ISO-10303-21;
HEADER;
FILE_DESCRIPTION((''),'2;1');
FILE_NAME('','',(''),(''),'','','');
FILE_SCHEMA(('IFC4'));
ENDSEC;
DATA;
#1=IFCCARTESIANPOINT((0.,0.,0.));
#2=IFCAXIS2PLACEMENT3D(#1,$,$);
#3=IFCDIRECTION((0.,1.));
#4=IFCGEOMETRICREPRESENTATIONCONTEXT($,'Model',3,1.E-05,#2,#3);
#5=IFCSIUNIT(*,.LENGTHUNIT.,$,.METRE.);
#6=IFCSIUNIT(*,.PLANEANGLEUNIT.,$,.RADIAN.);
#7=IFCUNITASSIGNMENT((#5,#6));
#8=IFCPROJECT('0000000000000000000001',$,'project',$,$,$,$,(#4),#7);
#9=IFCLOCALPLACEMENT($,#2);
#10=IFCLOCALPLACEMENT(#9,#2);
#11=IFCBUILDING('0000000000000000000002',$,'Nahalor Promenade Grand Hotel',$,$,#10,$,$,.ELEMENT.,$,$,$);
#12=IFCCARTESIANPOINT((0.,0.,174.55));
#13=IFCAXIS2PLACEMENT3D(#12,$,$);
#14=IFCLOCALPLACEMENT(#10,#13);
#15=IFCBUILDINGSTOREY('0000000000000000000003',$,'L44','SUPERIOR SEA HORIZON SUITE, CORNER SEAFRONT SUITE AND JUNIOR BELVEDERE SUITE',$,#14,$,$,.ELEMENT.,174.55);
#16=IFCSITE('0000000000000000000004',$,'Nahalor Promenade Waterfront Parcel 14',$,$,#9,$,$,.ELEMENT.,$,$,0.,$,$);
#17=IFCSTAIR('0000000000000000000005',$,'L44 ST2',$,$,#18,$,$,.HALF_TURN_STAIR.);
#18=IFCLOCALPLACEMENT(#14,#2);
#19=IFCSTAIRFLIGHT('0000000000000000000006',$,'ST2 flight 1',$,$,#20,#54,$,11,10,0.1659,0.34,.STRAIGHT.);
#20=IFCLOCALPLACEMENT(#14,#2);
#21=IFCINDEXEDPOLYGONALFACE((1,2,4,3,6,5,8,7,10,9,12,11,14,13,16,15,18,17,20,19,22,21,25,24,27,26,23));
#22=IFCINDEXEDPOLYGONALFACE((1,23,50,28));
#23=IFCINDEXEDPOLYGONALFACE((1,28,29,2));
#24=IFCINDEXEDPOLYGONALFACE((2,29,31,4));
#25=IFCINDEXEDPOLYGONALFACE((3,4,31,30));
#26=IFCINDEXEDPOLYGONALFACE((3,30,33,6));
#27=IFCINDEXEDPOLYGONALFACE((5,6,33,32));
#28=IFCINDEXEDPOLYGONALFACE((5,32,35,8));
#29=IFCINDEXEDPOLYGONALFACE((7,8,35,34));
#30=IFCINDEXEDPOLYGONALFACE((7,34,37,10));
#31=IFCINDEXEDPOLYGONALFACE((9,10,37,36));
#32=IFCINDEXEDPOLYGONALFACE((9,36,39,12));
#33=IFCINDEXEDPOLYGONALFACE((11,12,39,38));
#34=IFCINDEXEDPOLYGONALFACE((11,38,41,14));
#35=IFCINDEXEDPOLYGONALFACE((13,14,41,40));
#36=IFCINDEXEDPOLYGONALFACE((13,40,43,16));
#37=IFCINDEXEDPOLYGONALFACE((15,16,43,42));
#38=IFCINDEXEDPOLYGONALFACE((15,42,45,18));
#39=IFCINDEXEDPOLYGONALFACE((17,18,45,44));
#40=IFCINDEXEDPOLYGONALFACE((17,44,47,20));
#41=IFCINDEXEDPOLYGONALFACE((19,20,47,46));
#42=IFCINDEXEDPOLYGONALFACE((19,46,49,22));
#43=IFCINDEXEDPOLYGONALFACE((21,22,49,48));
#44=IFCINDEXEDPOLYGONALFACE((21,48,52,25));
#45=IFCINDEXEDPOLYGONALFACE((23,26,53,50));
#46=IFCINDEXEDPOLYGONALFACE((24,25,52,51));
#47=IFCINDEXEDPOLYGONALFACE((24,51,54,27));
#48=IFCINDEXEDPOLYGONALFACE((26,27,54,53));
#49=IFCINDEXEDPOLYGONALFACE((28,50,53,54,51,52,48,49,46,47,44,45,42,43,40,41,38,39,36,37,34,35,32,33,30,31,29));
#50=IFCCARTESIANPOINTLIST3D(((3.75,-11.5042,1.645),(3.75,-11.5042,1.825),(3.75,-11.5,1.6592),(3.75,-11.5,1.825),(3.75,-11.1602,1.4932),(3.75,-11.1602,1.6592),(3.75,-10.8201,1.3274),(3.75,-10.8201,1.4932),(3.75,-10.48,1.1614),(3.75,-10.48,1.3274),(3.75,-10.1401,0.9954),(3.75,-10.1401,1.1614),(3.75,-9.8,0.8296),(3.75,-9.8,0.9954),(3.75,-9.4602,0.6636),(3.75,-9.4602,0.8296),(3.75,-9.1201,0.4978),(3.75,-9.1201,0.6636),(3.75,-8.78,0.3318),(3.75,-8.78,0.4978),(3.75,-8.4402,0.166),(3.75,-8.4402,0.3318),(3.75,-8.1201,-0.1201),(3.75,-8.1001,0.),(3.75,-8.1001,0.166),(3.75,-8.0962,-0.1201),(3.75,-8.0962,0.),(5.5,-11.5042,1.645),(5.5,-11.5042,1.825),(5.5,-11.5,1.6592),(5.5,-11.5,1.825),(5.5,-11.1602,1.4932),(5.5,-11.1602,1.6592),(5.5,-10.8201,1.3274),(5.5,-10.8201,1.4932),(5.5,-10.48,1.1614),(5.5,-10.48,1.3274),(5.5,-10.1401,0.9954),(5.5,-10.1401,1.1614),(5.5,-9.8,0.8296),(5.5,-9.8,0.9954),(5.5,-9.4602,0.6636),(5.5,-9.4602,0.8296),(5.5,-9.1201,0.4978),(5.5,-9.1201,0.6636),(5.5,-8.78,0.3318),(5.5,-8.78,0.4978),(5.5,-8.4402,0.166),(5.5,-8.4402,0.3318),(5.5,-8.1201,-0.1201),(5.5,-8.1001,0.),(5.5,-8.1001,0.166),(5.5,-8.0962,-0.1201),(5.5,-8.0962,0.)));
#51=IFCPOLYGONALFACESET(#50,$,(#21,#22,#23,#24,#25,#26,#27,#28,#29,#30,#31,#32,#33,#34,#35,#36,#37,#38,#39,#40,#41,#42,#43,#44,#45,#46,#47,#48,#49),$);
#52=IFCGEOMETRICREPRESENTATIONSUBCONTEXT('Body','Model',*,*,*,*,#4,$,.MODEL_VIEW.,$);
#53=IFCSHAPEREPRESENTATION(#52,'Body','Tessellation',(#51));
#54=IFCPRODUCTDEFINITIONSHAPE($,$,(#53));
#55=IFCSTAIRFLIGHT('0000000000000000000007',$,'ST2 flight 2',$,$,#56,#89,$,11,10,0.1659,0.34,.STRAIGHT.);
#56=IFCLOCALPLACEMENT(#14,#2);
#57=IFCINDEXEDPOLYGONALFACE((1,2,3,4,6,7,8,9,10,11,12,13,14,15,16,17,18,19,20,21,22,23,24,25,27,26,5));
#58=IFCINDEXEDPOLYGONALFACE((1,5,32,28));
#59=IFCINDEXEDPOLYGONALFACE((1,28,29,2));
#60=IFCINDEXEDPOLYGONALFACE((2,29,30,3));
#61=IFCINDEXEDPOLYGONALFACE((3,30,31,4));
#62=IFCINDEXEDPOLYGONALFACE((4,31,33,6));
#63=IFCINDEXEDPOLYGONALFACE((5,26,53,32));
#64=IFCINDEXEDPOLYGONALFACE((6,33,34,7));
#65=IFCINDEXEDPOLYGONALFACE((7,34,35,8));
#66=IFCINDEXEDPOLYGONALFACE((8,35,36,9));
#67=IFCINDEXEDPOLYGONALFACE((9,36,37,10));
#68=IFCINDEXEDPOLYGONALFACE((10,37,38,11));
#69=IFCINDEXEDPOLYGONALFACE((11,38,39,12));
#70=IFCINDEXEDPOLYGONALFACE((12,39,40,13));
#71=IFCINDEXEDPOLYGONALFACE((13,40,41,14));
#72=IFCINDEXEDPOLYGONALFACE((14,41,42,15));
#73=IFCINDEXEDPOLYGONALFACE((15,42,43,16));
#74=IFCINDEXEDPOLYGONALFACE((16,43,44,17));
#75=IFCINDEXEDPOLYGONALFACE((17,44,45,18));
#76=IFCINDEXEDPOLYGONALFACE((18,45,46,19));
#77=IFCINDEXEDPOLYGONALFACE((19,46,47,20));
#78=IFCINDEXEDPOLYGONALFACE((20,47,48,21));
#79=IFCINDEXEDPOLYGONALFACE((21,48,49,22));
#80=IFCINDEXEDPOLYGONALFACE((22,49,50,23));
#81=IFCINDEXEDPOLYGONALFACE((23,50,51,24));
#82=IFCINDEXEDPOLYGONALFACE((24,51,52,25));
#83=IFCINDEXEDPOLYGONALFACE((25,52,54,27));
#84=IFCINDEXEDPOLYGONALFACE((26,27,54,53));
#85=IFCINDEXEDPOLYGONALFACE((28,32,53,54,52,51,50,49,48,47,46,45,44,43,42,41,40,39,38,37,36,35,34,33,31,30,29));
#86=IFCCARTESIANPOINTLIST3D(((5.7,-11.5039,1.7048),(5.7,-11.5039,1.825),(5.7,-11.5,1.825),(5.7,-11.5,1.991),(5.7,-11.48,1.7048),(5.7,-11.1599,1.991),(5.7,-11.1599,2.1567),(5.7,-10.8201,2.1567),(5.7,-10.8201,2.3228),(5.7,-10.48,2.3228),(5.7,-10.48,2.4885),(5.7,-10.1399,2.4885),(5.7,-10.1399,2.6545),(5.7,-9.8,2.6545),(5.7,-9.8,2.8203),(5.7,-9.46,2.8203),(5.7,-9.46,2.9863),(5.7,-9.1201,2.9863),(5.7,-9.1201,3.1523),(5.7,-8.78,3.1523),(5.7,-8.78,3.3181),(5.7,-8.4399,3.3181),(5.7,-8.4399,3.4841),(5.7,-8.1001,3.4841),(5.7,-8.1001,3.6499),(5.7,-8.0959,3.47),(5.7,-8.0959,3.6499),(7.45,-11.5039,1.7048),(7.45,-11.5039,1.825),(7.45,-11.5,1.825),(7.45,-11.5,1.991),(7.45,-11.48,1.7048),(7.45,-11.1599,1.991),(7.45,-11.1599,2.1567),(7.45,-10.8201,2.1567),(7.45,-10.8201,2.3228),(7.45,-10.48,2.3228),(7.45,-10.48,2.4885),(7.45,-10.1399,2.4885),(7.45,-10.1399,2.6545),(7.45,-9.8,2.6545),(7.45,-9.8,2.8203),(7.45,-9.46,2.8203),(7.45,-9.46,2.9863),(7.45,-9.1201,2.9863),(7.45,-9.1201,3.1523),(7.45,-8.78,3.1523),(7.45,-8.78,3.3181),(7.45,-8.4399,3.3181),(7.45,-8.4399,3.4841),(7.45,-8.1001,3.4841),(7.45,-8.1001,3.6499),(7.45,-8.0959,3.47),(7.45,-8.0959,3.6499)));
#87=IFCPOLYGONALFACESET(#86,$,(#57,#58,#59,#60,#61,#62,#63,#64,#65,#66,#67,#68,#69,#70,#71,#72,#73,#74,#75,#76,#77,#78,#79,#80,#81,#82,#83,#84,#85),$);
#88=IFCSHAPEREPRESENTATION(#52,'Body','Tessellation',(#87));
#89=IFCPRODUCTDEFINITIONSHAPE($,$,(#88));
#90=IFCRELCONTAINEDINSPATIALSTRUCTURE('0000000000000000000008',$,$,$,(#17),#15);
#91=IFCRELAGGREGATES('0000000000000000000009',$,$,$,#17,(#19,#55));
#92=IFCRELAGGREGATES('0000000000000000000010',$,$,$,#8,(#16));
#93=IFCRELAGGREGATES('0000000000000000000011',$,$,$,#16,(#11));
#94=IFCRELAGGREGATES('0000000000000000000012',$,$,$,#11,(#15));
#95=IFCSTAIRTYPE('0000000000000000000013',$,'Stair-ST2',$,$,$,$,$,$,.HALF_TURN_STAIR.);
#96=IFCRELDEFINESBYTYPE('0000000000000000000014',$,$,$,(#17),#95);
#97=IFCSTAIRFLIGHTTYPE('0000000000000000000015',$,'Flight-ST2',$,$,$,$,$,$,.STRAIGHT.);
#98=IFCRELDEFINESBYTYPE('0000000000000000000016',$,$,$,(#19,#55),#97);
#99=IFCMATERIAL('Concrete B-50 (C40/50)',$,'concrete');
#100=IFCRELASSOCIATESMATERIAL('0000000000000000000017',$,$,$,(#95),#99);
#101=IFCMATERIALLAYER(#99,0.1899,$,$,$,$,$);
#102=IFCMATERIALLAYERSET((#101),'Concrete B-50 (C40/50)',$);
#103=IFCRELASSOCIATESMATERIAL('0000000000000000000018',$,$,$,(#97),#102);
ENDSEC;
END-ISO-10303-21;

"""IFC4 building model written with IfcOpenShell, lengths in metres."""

from ifc_helpers import new_model, si_unit, direction, frame, origin, place, context, subcontext, project, spatial, polyline, outline, extrude, source, transform, mapped, material, layer, layer_set, type_object, element, aggregate, save


model = new_model("IFC4")

# Units and contexts
model_context = context("Model", 3, precision=1e-05, world=origin(), true_north=direction((0.0, 1.0)))
body_context = subcontext(model_context, "Body", "Model", "MODEL_VIEW")
ifc_project = project(units=[si_unit("LENGTHUNIT", "METRE"), si_unit("PLANEANGLEUNIT", "RADIAN")], contexts=[model_context])

# Site, building, storey
site_placement = place(None, origin())
site = spatial("IfcSite", under=ifc_project, at=site_placement, Name="Nahalor Promenade Waterfront Parcel 14", CompositionType="ELEMENT", RefElevation=0.0)
building_placement = place(site_placement, origin())
building = spatial("IfcBuilding", under=site, at=building_placement, Name="Nahalor Promenade Grand Hotel", CompositionType="ELEMENT")
storey_placement = place(building_placement, frame((0.0, 0.0, 174.55)))
storey = spatial("IfcBuildingStorey", under=building, at=storey_placement, Name="L44", Description="SUPERIOR SEA HORIZON SUITE, CORNER SEAFRONT SUITE AND JUNIOR BELVEDERE SUITE", CompositionType="ELEMENT", Elevation=174.55)

# Shared definitions
ifc_material_1 = material(Name="Concrete B-50 (C40/50)", Category="concrete")

# Stair, stair flights
stair_type = type_object("IfcStairType", Name="Stair-ST2", PredefinedType="HALF_TURN_STAIR", material=ifc_material_1)
stair_placement = place(storey_placement, origin())
stair = element("IfcStair", 1, at=stair_placement, inside=storey, type_object=stair_type, Name="L44 ST2", PredefinedType="HALF_TURN_STAIR")
ifc_layer_1 = layer(ifc_material_1, 0.1899)
ifc_layer_set_1 = layer_set([ifc_layer_1], Name="Concrete B-50 (C40/50)")
stair_flight_type = type_object("IfcStairFlightType", Name="Flight-ST2", PredefinedType="STRAIGHT", material=ifc_layer_set_1)
shared_shape_1 = source(origin(), body_context, "Body", "SweptSolid", [
    extrude(outline(polyline([(-0.0039, -0.1201), (-0.0039, 0.0), (0.0, 0.0), (0.0, 0.166), (0.3401, 0.166), (0.3401, 0.3318), (0.6799, 0.3318), (0.6799, 0.4978), (1.02, 0.4978), (1.02, 0.6636), (1.3601, 0.6636), (1.3601, 0.8296), (1.7, 0.8296), (1.7, 0.9954), (2.04, 0.9954), (2.04, 1.1614), (2.3799, 1.1614), (2.3799, 1.3274), (2.72, 1.3274), (2.72, 1.4932), (3.0601, 1.4932), (3.0601, 1.6592), (3.3999, 1.6592), (3.3999, 1.825), (3.4041, 1.825), (3.4041, 1.645), (0.02, -0.1201), (-0.0039, -0.1201)])), frame((0.0, 0.875, 0.0), z_axis=(0.0, -1.0, 0.0), x_axis=(1.0, 0.0, 0.0)), (0.0, 0.0, 1.0), 1.75),
])
stair_flight_1_placement = place(storey_placement, frame((4.625, -8.1001, 0.0), z_axis=(0.0, 0.0, 1.0), x_axis=(0.0, -1.0, 0.0)))
stair_flight_1 = element("IfcStairFlight", 2, at=stair_flight_1_placement, type_object=stair_flight_type, Name="ST2 flight 1", NumberOfRisers=11, NumberOfTreads=10, PredefinedType="STRAIGHT", RiserHeight=0.1659, TreadLength=0.34, context=body_context, shape_type="MappedRepresentation", body=[
    mapped(shared_shape_1, transform((0.0, 0.0, 0.0), scale=1.0)),
])
stair_flight_2_placement = place(storey_placement, frame((6.575, -11.5, 1.825), z_axis=(0.0, 0.0, 1.0), x_axis=(0.0, 1.0, 0.0)))
stair_flight_2 = element("IfcStairFlight", 3, at=stair_flight_2_placement, type_object=stair_flight_type, Name="ST2 flight 2", NumberOfRisers=11, NumberOfTreads=10, PredefinedType="STRAIGHT", RiserHeight=0.1659, TreadLength=0.34, context=body_context, shape_type="MappedRepresentation", body=[
    mapped(shared_shape_1, transform((0.0, 0.0, 0.0), scale=1.0)),
])
aggregate(stair, [stair_flight_1, stair_flight_2])

save(model, "model.ifc")
